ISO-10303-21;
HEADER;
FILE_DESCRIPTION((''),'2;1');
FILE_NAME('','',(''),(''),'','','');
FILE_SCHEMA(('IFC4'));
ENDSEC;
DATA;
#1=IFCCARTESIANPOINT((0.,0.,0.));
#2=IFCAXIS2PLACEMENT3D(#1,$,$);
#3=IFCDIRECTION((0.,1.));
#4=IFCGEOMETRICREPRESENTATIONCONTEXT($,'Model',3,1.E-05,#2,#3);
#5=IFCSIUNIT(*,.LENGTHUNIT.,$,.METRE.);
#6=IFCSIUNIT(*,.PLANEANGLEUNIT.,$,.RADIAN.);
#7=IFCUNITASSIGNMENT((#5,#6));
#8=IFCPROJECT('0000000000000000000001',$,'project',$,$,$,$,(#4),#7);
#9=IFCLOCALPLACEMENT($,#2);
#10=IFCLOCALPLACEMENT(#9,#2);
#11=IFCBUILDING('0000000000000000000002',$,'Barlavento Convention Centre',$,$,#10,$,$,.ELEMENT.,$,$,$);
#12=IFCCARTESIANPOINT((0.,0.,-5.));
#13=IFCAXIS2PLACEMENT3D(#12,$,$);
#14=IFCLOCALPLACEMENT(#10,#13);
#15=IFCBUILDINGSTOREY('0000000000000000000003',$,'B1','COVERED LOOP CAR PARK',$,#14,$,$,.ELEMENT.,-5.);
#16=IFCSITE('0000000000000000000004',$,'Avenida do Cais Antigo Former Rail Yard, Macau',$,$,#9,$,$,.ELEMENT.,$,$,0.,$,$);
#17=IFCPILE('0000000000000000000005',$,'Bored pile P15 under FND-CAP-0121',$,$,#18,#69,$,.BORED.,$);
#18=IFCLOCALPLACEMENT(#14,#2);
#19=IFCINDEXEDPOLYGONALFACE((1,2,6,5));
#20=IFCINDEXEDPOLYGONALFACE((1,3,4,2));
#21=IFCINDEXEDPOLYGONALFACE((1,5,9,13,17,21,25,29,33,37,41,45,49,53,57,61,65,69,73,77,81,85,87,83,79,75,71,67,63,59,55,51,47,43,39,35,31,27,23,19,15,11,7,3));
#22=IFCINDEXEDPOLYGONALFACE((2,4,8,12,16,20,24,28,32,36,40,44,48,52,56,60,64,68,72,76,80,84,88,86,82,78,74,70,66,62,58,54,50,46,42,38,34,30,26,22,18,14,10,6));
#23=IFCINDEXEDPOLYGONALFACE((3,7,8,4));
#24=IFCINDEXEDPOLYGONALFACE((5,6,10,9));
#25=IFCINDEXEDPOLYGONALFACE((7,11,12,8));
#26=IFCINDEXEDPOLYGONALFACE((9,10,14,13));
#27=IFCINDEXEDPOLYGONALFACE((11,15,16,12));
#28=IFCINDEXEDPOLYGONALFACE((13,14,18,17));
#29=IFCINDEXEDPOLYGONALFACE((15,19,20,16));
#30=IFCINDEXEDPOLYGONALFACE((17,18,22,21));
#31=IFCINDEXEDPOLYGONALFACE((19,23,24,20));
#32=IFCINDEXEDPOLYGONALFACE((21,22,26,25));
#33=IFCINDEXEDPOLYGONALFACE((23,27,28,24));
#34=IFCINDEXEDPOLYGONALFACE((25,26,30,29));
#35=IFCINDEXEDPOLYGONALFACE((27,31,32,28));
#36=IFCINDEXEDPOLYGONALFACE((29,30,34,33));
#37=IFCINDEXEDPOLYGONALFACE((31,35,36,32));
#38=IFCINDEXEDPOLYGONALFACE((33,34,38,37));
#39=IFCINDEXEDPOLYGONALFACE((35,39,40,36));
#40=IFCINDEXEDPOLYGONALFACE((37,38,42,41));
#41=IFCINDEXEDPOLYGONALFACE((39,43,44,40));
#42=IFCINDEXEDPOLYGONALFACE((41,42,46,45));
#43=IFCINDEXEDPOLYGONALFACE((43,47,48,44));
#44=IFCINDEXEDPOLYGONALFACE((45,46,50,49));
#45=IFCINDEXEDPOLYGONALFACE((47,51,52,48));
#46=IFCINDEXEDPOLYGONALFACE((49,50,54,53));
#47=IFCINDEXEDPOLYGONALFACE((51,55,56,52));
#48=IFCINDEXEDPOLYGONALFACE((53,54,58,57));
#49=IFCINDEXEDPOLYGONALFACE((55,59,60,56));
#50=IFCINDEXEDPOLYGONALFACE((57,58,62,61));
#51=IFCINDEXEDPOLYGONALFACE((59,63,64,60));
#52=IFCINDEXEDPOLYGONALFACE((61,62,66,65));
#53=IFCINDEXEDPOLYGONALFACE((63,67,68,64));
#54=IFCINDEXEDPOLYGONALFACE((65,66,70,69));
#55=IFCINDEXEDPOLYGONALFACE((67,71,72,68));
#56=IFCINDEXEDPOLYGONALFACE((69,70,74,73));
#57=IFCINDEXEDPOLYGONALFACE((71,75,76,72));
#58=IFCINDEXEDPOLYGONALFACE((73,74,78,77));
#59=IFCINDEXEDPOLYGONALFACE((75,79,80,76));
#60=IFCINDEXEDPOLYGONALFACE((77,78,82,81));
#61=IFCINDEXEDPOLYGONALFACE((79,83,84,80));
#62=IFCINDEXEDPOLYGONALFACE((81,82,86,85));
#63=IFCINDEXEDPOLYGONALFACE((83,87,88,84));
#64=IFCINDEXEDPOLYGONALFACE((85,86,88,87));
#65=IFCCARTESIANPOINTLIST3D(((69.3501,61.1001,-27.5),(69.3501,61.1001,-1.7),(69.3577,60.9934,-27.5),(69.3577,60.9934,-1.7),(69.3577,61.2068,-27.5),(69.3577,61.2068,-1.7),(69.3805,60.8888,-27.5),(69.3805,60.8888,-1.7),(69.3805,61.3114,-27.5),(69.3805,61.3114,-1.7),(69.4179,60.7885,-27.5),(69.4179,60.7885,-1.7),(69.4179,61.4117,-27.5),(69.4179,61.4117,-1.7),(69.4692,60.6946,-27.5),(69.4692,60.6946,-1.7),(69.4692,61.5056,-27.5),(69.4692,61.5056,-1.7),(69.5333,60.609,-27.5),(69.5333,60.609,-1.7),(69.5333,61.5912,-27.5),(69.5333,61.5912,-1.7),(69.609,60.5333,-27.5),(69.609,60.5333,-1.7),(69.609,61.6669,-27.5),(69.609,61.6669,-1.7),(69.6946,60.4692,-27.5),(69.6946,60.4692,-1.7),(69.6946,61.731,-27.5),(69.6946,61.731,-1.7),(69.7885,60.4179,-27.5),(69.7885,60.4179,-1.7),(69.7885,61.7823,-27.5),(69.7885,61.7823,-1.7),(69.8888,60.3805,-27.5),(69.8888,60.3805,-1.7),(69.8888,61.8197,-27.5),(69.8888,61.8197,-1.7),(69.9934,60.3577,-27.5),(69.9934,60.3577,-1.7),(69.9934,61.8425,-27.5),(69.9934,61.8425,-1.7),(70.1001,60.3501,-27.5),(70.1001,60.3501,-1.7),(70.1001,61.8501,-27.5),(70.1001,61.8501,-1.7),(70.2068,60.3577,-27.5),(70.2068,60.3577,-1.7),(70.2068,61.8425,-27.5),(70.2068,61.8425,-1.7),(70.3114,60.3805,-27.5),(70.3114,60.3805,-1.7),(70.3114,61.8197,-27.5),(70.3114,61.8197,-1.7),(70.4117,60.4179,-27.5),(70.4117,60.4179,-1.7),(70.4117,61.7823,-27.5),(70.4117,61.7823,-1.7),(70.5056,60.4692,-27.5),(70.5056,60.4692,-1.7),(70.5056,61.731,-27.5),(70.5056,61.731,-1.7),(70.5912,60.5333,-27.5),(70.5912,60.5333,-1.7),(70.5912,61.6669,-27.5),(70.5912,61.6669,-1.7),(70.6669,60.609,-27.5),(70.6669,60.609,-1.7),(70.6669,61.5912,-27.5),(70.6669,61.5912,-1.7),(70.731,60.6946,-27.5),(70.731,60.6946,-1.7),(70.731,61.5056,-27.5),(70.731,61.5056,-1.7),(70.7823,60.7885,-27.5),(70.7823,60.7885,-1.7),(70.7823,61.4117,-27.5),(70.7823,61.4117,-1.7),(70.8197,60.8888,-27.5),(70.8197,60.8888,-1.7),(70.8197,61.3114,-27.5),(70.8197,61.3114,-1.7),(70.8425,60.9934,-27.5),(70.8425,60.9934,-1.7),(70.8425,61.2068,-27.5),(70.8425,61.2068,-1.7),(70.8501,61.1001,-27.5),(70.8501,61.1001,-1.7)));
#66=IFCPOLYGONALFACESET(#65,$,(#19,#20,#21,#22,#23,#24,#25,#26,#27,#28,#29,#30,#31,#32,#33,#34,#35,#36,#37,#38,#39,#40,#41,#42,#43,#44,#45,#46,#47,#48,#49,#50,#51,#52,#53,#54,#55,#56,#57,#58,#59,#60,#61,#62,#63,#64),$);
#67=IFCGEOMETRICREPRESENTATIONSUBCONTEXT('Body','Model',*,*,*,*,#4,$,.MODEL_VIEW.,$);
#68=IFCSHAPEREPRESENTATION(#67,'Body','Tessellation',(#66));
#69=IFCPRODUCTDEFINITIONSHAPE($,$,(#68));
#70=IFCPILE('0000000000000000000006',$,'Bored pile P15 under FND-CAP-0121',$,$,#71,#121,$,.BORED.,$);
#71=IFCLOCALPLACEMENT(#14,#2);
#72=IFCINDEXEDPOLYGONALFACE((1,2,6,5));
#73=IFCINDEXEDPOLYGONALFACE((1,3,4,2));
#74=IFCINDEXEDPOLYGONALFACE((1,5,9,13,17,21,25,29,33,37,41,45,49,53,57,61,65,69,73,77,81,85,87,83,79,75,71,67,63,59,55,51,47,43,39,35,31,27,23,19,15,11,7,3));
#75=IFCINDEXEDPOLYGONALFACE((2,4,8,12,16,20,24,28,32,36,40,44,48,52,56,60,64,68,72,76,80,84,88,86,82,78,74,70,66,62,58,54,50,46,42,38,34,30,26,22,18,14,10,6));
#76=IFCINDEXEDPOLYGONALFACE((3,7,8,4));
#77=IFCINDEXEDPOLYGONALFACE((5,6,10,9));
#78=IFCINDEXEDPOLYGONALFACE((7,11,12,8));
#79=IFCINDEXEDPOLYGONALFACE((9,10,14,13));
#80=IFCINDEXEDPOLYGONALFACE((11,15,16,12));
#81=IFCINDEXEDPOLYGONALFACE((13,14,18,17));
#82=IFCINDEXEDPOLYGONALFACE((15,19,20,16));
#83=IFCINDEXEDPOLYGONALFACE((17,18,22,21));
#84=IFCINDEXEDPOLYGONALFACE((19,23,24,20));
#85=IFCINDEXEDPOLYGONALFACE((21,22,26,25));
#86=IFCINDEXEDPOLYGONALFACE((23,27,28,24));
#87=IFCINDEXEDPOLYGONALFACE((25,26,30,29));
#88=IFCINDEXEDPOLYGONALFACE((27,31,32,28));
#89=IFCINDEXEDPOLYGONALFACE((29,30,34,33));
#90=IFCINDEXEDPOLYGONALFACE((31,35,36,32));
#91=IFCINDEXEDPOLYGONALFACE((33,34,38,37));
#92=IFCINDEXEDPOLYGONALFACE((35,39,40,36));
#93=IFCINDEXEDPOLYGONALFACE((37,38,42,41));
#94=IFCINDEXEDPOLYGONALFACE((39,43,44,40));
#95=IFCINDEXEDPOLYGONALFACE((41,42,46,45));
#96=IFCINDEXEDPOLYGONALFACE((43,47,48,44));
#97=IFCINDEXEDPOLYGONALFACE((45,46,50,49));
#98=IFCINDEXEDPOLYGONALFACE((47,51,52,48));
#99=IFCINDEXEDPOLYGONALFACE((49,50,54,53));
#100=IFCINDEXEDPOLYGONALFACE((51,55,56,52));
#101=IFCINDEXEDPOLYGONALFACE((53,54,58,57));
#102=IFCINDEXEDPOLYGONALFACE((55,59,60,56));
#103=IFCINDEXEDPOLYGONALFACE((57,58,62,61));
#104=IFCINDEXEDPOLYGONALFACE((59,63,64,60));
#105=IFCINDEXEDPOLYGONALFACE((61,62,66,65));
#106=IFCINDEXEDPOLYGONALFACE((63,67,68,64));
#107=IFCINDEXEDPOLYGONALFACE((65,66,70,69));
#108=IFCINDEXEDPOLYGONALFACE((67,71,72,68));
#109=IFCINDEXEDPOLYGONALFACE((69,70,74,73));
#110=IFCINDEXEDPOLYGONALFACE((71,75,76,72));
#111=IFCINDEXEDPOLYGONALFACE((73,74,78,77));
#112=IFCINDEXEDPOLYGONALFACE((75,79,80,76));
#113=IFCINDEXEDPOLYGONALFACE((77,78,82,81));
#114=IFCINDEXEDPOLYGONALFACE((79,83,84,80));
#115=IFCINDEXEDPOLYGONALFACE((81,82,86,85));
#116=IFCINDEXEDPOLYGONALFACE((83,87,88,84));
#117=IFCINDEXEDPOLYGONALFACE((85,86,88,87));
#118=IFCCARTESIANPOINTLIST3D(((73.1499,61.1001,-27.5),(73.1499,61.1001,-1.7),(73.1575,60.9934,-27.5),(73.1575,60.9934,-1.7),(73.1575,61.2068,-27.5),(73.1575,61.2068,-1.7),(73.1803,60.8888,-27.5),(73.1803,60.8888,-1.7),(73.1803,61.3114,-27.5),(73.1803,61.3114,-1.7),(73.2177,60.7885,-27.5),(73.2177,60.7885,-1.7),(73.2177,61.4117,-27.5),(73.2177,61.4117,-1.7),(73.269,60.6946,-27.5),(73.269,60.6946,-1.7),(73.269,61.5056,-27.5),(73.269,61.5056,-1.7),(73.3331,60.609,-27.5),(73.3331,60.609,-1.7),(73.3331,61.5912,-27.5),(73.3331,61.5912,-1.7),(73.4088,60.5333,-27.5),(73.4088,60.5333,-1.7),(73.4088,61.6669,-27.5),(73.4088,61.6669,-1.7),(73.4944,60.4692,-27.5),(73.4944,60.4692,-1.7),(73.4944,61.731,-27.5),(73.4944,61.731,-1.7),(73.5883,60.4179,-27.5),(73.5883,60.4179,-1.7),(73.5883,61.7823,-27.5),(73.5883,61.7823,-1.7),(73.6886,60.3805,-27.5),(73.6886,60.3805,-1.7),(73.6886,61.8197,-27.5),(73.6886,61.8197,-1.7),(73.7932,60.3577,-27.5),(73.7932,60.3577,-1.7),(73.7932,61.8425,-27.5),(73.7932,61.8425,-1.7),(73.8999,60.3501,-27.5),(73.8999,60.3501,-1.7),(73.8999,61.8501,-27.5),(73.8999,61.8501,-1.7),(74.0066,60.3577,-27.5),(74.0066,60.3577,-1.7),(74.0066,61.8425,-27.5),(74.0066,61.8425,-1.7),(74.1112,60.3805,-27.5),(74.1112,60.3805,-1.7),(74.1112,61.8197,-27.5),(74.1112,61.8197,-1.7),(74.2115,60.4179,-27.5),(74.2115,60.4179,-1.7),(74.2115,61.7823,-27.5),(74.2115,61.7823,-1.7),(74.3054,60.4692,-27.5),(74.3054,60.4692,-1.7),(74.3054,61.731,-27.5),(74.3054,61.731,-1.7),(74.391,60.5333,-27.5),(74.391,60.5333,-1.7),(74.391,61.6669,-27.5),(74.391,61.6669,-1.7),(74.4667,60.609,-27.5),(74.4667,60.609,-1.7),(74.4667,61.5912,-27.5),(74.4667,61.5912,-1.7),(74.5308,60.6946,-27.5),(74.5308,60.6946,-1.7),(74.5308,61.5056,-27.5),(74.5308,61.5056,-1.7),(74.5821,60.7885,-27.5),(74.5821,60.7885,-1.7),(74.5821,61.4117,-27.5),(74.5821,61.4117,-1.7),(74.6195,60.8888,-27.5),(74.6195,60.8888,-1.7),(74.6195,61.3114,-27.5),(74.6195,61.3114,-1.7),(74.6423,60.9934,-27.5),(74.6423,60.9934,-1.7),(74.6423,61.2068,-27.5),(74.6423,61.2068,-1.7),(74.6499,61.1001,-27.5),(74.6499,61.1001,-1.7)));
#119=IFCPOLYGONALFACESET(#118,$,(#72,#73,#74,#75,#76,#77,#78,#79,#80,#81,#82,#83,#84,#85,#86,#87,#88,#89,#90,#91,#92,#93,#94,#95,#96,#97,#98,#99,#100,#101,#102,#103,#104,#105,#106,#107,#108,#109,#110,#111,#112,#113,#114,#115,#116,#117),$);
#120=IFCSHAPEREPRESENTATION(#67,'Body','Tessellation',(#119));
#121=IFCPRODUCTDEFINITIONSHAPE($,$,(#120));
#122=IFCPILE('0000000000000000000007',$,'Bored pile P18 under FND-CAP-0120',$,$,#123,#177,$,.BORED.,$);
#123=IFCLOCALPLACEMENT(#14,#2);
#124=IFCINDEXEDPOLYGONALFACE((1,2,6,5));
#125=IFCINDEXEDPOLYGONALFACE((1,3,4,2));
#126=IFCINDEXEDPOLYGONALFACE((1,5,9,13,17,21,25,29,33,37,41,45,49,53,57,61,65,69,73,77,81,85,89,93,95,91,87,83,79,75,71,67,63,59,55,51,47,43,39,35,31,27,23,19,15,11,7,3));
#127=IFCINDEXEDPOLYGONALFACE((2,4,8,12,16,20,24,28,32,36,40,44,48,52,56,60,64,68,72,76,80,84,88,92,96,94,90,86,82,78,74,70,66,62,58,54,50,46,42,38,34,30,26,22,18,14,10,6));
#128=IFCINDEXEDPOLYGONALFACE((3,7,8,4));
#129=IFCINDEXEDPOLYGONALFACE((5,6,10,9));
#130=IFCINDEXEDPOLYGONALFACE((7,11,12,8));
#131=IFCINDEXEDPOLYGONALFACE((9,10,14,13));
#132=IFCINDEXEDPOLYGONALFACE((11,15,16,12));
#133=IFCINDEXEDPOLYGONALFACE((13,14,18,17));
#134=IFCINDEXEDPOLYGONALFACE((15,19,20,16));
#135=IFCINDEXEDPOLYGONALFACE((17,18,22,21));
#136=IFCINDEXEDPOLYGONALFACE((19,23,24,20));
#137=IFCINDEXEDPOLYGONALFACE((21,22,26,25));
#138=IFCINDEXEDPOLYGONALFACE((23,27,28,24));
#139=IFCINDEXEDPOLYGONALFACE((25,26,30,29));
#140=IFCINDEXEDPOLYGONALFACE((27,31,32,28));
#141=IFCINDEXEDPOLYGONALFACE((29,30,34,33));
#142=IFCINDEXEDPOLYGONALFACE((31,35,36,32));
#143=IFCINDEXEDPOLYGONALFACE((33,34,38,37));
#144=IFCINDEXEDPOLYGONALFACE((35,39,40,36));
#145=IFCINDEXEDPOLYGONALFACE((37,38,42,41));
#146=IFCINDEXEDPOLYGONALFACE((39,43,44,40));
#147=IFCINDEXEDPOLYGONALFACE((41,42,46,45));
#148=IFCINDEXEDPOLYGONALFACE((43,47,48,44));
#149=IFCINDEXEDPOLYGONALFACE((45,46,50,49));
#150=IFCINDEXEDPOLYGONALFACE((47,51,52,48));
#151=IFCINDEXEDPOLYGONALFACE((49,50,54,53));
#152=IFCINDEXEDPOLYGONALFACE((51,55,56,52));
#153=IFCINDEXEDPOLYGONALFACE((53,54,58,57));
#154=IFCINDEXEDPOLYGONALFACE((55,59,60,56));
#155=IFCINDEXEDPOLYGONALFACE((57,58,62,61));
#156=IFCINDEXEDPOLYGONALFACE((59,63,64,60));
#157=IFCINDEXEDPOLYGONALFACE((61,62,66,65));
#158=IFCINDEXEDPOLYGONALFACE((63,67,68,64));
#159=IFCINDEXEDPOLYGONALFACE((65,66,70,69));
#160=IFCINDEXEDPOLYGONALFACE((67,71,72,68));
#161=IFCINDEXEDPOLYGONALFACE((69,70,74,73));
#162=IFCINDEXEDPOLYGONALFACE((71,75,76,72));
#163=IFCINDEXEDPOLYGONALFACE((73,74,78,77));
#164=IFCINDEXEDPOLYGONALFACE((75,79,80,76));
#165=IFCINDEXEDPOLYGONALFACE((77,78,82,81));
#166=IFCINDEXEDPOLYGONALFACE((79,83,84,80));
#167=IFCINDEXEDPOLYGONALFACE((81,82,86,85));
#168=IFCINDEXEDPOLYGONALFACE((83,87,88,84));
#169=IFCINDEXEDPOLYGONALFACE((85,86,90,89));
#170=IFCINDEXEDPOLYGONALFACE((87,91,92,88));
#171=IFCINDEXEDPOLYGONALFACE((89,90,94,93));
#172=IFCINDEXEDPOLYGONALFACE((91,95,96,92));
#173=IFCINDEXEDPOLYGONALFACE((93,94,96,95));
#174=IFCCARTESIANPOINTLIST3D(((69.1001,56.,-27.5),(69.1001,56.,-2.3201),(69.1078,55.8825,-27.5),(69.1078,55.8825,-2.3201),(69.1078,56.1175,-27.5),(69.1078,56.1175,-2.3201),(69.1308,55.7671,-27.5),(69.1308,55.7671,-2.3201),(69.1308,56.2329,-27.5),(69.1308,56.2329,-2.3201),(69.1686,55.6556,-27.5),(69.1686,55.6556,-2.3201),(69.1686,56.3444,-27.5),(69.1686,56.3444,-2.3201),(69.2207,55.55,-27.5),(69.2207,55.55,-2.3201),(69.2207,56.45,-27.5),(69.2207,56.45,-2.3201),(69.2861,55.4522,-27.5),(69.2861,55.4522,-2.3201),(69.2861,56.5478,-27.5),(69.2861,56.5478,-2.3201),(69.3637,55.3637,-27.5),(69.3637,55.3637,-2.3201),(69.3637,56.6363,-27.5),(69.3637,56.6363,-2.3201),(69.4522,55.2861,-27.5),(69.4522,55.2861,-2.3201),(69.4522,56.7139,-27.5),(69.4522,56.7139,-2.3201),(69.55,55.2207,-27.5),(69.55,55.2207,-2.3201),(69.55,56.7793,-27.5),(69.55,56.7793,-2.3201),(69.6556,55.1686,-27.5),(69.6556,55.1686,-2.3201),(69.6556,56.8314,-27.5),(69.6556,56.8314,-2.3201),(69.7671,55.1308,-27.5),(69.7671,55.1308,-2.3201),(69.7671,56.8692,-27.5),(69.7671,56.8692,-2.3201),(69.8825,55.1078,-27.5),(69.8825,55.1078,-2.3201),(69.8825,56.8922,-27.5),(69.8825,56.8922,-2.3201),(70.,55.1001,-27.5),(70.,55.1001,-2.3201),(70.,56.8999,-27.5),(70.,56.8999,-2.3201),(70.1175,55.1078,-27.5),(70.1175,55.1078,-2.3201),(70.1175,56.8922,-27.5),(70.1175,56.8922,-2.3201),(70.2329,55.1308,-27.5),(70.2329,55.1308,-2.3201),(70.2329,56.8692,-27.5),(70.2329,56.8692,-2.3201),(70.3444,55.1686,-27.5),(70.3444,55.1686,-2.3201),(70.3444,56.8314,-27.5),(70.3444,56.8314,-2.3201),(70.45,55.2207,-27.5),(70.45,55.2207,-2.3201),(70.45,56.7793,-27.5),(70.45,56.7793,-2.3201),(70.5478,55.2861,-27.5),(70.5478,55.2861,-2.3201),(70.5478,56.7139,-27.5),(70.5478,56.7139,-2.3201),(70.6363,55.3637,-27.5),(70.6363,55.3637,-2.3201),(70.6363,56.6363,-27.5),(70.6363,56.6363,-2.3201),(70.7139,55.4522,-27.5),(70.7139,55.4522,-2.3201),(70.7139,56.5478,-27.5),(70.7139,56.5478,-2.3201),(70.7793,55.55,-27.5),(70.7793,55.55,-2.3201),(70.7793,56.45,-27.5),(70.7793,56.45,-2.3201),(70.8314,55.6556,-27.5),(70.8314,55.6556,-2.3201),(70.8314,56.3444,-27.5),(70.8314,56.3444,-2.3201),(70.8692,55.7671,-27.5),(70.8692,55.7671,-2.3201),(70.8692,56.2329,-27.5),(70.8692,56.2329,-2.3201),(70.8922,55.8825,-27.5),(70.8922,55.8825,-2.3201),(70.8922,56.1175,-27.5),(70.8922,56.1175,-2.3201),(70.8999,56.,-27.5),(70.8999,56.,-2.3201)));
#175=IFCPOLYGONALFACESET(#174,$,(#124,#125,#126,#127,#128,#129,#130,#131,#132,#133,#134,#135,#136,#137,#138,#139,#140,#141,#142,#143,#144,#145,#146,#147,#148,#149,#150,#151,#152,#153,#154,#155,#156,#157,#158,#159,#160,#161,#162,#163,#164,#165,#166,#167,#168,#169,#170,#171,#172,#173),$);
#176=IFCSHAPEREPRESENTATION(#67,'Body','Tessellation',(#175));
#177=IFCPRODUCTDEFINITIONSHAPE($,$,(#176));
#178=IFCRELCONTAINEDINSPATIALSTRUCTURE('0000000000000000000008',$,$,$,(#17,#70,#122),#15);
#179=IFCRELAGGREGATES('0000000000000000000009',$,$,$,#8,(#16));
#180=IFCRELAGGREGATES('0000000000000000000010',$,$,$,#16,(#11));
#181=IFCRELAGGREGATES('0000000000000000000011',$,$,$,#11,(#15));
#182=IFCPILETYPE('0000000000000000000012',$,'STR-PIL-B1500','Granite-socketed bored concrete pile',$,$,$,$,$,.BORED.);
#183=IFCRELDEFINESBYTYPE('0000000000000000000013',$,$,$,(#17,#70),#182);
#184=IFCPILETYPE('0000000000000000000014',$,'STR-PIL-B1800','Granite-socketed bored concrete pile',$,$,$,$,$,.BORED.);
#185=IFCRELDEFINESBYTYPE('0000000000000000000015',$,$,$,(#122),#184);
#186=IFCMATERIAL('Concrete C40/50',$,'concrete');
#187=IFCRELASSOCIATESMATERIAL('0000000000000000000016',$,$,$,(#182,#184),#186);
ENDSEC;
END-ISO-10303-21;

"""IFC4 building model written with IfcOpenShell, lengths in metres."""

from ifc_helpers import new_model, si_unit, direction, frame, origin, origin_2d, place, context, subcontext, project, spatial, circle, extrude, material, material_profile, profile_set, type_object, element, save


model = new_model("IFC4")

# Units and contexts
model_context = context("Model", 3, precision=1e-05, world=origin(), true_north=direction((0.0, 1.0)))
body_context = subcontext(model_context, "Body", "Model", "MODEL_VIEW")
ifc_project = project(units=[si_unit("LENGTHUNIT", "METRE"), si_unit("PLANEANGLEUNIT", "RADIAN")], contexts=[model_context])

# Site, building, storey
site_placement = place(None, origin())
site = spatial("IfcSite", under=ifc_project, at=site_placement, Name="Avenida do Cais Antigo Former Rail Yard, Macau", CompositionType="ELEMENT", RefElevation=0.0)
building_placement = place(site_placement, origin())
building = spatial("IfcBuilding", under=site, at=building_placement, Name="Barlavento Convention Centre", CompositionType="ELEMENT")
storey_placement = place(building_placement, frame((0.0, 0.0, -5.0)))
storey = spatial("IfcBuildingStorey", under=building, at=storey_placement, Name="B1", Description="COVERED LOOP CAR PARK", CompositionType="ELEMENT", Elevation=-5.0)

# Shared definitions
ifc_material_1 = material(Name="Concrete C40/50", Category="concrete")

# Piles
ifc_material_profile_1 = material_profile(ifc_material_1, circle(Radius=0.75, at=origin_2d()), Name="BORED PILE 1500")
ifc_profile_set_1 = profile_set([ifc_material_profile_1], Name="Concrete C40/50")
pile_type_1 = type_object("IfcPileType", Name="STR-PIL-B1500", Description="Granite-socketed bored concrete pile", PredefinedType="BORED", material=ifc_profile_set_1)
for number, where, z_axis, x_axis, name in (
    (1, (70.1001, 61.1001, -1.7), (0.0, 0.0, -1.0), (1.0, 0.0, 0.0), "Bored pile P15 under FND-CAP-0121"),
    (2, (73.8999, 61.1001, -1.7), (0.0, 0.0, -1.0), (1.0, 0.0, 0.0), "Bored pile P15 under FND-CAP-0121"),
):
    element("IfcPile", number, at=place(storey_placement, frame(where, z_axis=z_axis, x_axis=x_axis)), inside=storey, type_object=pile_type_1, Name=name, PredefinedType="BORED", context=body_context, shape_type="SweptSolid", body=[
        extrude(circle(Radius=0.75, at=origin_2d()), origin(), (0.0, 0.0, 1.0), 25.8),
    ])
ifc_material_profile_2 = material_profile(ifc_material_1, circle(Radius=0.8999, at=origin_2d()), Name="BORED PILE 1800")
ifc_profile_set_2 = profile_set([ifc_material_profile_2], Name="Concrete C40/50")
pile_type_2 = type_object("IfcPileType", Name="STR-PIL-B1800", Description="Granite-socketed bored concrete pile", PredefinedType="BORED", material=ifc_profile_set_2)
for number, where, z_axis, x_axis, name in (
    (3, (70.0, 56.0, -2.3201), (0.0, 0.0, -1.0), (1.0, 0.0, 0.0), "Bored pile P18 under FND-CAP-0120"),
):
    element("IfcPile", number, at=place(storey_placement, frame(where, z_axis=z_axis, x_axis=x_axis)), inside=storey, type_object=pile_type_2, Name=name, PredefinedType="BORED", context=body_context, shape_type="SweptSolid", body=[
        extrude(circle(Radius=0.8999, at=origin_2d()), origin(), (0.0, 0.0, 1.0), 25.1799),
    ])

save(model, "model.ifc")
